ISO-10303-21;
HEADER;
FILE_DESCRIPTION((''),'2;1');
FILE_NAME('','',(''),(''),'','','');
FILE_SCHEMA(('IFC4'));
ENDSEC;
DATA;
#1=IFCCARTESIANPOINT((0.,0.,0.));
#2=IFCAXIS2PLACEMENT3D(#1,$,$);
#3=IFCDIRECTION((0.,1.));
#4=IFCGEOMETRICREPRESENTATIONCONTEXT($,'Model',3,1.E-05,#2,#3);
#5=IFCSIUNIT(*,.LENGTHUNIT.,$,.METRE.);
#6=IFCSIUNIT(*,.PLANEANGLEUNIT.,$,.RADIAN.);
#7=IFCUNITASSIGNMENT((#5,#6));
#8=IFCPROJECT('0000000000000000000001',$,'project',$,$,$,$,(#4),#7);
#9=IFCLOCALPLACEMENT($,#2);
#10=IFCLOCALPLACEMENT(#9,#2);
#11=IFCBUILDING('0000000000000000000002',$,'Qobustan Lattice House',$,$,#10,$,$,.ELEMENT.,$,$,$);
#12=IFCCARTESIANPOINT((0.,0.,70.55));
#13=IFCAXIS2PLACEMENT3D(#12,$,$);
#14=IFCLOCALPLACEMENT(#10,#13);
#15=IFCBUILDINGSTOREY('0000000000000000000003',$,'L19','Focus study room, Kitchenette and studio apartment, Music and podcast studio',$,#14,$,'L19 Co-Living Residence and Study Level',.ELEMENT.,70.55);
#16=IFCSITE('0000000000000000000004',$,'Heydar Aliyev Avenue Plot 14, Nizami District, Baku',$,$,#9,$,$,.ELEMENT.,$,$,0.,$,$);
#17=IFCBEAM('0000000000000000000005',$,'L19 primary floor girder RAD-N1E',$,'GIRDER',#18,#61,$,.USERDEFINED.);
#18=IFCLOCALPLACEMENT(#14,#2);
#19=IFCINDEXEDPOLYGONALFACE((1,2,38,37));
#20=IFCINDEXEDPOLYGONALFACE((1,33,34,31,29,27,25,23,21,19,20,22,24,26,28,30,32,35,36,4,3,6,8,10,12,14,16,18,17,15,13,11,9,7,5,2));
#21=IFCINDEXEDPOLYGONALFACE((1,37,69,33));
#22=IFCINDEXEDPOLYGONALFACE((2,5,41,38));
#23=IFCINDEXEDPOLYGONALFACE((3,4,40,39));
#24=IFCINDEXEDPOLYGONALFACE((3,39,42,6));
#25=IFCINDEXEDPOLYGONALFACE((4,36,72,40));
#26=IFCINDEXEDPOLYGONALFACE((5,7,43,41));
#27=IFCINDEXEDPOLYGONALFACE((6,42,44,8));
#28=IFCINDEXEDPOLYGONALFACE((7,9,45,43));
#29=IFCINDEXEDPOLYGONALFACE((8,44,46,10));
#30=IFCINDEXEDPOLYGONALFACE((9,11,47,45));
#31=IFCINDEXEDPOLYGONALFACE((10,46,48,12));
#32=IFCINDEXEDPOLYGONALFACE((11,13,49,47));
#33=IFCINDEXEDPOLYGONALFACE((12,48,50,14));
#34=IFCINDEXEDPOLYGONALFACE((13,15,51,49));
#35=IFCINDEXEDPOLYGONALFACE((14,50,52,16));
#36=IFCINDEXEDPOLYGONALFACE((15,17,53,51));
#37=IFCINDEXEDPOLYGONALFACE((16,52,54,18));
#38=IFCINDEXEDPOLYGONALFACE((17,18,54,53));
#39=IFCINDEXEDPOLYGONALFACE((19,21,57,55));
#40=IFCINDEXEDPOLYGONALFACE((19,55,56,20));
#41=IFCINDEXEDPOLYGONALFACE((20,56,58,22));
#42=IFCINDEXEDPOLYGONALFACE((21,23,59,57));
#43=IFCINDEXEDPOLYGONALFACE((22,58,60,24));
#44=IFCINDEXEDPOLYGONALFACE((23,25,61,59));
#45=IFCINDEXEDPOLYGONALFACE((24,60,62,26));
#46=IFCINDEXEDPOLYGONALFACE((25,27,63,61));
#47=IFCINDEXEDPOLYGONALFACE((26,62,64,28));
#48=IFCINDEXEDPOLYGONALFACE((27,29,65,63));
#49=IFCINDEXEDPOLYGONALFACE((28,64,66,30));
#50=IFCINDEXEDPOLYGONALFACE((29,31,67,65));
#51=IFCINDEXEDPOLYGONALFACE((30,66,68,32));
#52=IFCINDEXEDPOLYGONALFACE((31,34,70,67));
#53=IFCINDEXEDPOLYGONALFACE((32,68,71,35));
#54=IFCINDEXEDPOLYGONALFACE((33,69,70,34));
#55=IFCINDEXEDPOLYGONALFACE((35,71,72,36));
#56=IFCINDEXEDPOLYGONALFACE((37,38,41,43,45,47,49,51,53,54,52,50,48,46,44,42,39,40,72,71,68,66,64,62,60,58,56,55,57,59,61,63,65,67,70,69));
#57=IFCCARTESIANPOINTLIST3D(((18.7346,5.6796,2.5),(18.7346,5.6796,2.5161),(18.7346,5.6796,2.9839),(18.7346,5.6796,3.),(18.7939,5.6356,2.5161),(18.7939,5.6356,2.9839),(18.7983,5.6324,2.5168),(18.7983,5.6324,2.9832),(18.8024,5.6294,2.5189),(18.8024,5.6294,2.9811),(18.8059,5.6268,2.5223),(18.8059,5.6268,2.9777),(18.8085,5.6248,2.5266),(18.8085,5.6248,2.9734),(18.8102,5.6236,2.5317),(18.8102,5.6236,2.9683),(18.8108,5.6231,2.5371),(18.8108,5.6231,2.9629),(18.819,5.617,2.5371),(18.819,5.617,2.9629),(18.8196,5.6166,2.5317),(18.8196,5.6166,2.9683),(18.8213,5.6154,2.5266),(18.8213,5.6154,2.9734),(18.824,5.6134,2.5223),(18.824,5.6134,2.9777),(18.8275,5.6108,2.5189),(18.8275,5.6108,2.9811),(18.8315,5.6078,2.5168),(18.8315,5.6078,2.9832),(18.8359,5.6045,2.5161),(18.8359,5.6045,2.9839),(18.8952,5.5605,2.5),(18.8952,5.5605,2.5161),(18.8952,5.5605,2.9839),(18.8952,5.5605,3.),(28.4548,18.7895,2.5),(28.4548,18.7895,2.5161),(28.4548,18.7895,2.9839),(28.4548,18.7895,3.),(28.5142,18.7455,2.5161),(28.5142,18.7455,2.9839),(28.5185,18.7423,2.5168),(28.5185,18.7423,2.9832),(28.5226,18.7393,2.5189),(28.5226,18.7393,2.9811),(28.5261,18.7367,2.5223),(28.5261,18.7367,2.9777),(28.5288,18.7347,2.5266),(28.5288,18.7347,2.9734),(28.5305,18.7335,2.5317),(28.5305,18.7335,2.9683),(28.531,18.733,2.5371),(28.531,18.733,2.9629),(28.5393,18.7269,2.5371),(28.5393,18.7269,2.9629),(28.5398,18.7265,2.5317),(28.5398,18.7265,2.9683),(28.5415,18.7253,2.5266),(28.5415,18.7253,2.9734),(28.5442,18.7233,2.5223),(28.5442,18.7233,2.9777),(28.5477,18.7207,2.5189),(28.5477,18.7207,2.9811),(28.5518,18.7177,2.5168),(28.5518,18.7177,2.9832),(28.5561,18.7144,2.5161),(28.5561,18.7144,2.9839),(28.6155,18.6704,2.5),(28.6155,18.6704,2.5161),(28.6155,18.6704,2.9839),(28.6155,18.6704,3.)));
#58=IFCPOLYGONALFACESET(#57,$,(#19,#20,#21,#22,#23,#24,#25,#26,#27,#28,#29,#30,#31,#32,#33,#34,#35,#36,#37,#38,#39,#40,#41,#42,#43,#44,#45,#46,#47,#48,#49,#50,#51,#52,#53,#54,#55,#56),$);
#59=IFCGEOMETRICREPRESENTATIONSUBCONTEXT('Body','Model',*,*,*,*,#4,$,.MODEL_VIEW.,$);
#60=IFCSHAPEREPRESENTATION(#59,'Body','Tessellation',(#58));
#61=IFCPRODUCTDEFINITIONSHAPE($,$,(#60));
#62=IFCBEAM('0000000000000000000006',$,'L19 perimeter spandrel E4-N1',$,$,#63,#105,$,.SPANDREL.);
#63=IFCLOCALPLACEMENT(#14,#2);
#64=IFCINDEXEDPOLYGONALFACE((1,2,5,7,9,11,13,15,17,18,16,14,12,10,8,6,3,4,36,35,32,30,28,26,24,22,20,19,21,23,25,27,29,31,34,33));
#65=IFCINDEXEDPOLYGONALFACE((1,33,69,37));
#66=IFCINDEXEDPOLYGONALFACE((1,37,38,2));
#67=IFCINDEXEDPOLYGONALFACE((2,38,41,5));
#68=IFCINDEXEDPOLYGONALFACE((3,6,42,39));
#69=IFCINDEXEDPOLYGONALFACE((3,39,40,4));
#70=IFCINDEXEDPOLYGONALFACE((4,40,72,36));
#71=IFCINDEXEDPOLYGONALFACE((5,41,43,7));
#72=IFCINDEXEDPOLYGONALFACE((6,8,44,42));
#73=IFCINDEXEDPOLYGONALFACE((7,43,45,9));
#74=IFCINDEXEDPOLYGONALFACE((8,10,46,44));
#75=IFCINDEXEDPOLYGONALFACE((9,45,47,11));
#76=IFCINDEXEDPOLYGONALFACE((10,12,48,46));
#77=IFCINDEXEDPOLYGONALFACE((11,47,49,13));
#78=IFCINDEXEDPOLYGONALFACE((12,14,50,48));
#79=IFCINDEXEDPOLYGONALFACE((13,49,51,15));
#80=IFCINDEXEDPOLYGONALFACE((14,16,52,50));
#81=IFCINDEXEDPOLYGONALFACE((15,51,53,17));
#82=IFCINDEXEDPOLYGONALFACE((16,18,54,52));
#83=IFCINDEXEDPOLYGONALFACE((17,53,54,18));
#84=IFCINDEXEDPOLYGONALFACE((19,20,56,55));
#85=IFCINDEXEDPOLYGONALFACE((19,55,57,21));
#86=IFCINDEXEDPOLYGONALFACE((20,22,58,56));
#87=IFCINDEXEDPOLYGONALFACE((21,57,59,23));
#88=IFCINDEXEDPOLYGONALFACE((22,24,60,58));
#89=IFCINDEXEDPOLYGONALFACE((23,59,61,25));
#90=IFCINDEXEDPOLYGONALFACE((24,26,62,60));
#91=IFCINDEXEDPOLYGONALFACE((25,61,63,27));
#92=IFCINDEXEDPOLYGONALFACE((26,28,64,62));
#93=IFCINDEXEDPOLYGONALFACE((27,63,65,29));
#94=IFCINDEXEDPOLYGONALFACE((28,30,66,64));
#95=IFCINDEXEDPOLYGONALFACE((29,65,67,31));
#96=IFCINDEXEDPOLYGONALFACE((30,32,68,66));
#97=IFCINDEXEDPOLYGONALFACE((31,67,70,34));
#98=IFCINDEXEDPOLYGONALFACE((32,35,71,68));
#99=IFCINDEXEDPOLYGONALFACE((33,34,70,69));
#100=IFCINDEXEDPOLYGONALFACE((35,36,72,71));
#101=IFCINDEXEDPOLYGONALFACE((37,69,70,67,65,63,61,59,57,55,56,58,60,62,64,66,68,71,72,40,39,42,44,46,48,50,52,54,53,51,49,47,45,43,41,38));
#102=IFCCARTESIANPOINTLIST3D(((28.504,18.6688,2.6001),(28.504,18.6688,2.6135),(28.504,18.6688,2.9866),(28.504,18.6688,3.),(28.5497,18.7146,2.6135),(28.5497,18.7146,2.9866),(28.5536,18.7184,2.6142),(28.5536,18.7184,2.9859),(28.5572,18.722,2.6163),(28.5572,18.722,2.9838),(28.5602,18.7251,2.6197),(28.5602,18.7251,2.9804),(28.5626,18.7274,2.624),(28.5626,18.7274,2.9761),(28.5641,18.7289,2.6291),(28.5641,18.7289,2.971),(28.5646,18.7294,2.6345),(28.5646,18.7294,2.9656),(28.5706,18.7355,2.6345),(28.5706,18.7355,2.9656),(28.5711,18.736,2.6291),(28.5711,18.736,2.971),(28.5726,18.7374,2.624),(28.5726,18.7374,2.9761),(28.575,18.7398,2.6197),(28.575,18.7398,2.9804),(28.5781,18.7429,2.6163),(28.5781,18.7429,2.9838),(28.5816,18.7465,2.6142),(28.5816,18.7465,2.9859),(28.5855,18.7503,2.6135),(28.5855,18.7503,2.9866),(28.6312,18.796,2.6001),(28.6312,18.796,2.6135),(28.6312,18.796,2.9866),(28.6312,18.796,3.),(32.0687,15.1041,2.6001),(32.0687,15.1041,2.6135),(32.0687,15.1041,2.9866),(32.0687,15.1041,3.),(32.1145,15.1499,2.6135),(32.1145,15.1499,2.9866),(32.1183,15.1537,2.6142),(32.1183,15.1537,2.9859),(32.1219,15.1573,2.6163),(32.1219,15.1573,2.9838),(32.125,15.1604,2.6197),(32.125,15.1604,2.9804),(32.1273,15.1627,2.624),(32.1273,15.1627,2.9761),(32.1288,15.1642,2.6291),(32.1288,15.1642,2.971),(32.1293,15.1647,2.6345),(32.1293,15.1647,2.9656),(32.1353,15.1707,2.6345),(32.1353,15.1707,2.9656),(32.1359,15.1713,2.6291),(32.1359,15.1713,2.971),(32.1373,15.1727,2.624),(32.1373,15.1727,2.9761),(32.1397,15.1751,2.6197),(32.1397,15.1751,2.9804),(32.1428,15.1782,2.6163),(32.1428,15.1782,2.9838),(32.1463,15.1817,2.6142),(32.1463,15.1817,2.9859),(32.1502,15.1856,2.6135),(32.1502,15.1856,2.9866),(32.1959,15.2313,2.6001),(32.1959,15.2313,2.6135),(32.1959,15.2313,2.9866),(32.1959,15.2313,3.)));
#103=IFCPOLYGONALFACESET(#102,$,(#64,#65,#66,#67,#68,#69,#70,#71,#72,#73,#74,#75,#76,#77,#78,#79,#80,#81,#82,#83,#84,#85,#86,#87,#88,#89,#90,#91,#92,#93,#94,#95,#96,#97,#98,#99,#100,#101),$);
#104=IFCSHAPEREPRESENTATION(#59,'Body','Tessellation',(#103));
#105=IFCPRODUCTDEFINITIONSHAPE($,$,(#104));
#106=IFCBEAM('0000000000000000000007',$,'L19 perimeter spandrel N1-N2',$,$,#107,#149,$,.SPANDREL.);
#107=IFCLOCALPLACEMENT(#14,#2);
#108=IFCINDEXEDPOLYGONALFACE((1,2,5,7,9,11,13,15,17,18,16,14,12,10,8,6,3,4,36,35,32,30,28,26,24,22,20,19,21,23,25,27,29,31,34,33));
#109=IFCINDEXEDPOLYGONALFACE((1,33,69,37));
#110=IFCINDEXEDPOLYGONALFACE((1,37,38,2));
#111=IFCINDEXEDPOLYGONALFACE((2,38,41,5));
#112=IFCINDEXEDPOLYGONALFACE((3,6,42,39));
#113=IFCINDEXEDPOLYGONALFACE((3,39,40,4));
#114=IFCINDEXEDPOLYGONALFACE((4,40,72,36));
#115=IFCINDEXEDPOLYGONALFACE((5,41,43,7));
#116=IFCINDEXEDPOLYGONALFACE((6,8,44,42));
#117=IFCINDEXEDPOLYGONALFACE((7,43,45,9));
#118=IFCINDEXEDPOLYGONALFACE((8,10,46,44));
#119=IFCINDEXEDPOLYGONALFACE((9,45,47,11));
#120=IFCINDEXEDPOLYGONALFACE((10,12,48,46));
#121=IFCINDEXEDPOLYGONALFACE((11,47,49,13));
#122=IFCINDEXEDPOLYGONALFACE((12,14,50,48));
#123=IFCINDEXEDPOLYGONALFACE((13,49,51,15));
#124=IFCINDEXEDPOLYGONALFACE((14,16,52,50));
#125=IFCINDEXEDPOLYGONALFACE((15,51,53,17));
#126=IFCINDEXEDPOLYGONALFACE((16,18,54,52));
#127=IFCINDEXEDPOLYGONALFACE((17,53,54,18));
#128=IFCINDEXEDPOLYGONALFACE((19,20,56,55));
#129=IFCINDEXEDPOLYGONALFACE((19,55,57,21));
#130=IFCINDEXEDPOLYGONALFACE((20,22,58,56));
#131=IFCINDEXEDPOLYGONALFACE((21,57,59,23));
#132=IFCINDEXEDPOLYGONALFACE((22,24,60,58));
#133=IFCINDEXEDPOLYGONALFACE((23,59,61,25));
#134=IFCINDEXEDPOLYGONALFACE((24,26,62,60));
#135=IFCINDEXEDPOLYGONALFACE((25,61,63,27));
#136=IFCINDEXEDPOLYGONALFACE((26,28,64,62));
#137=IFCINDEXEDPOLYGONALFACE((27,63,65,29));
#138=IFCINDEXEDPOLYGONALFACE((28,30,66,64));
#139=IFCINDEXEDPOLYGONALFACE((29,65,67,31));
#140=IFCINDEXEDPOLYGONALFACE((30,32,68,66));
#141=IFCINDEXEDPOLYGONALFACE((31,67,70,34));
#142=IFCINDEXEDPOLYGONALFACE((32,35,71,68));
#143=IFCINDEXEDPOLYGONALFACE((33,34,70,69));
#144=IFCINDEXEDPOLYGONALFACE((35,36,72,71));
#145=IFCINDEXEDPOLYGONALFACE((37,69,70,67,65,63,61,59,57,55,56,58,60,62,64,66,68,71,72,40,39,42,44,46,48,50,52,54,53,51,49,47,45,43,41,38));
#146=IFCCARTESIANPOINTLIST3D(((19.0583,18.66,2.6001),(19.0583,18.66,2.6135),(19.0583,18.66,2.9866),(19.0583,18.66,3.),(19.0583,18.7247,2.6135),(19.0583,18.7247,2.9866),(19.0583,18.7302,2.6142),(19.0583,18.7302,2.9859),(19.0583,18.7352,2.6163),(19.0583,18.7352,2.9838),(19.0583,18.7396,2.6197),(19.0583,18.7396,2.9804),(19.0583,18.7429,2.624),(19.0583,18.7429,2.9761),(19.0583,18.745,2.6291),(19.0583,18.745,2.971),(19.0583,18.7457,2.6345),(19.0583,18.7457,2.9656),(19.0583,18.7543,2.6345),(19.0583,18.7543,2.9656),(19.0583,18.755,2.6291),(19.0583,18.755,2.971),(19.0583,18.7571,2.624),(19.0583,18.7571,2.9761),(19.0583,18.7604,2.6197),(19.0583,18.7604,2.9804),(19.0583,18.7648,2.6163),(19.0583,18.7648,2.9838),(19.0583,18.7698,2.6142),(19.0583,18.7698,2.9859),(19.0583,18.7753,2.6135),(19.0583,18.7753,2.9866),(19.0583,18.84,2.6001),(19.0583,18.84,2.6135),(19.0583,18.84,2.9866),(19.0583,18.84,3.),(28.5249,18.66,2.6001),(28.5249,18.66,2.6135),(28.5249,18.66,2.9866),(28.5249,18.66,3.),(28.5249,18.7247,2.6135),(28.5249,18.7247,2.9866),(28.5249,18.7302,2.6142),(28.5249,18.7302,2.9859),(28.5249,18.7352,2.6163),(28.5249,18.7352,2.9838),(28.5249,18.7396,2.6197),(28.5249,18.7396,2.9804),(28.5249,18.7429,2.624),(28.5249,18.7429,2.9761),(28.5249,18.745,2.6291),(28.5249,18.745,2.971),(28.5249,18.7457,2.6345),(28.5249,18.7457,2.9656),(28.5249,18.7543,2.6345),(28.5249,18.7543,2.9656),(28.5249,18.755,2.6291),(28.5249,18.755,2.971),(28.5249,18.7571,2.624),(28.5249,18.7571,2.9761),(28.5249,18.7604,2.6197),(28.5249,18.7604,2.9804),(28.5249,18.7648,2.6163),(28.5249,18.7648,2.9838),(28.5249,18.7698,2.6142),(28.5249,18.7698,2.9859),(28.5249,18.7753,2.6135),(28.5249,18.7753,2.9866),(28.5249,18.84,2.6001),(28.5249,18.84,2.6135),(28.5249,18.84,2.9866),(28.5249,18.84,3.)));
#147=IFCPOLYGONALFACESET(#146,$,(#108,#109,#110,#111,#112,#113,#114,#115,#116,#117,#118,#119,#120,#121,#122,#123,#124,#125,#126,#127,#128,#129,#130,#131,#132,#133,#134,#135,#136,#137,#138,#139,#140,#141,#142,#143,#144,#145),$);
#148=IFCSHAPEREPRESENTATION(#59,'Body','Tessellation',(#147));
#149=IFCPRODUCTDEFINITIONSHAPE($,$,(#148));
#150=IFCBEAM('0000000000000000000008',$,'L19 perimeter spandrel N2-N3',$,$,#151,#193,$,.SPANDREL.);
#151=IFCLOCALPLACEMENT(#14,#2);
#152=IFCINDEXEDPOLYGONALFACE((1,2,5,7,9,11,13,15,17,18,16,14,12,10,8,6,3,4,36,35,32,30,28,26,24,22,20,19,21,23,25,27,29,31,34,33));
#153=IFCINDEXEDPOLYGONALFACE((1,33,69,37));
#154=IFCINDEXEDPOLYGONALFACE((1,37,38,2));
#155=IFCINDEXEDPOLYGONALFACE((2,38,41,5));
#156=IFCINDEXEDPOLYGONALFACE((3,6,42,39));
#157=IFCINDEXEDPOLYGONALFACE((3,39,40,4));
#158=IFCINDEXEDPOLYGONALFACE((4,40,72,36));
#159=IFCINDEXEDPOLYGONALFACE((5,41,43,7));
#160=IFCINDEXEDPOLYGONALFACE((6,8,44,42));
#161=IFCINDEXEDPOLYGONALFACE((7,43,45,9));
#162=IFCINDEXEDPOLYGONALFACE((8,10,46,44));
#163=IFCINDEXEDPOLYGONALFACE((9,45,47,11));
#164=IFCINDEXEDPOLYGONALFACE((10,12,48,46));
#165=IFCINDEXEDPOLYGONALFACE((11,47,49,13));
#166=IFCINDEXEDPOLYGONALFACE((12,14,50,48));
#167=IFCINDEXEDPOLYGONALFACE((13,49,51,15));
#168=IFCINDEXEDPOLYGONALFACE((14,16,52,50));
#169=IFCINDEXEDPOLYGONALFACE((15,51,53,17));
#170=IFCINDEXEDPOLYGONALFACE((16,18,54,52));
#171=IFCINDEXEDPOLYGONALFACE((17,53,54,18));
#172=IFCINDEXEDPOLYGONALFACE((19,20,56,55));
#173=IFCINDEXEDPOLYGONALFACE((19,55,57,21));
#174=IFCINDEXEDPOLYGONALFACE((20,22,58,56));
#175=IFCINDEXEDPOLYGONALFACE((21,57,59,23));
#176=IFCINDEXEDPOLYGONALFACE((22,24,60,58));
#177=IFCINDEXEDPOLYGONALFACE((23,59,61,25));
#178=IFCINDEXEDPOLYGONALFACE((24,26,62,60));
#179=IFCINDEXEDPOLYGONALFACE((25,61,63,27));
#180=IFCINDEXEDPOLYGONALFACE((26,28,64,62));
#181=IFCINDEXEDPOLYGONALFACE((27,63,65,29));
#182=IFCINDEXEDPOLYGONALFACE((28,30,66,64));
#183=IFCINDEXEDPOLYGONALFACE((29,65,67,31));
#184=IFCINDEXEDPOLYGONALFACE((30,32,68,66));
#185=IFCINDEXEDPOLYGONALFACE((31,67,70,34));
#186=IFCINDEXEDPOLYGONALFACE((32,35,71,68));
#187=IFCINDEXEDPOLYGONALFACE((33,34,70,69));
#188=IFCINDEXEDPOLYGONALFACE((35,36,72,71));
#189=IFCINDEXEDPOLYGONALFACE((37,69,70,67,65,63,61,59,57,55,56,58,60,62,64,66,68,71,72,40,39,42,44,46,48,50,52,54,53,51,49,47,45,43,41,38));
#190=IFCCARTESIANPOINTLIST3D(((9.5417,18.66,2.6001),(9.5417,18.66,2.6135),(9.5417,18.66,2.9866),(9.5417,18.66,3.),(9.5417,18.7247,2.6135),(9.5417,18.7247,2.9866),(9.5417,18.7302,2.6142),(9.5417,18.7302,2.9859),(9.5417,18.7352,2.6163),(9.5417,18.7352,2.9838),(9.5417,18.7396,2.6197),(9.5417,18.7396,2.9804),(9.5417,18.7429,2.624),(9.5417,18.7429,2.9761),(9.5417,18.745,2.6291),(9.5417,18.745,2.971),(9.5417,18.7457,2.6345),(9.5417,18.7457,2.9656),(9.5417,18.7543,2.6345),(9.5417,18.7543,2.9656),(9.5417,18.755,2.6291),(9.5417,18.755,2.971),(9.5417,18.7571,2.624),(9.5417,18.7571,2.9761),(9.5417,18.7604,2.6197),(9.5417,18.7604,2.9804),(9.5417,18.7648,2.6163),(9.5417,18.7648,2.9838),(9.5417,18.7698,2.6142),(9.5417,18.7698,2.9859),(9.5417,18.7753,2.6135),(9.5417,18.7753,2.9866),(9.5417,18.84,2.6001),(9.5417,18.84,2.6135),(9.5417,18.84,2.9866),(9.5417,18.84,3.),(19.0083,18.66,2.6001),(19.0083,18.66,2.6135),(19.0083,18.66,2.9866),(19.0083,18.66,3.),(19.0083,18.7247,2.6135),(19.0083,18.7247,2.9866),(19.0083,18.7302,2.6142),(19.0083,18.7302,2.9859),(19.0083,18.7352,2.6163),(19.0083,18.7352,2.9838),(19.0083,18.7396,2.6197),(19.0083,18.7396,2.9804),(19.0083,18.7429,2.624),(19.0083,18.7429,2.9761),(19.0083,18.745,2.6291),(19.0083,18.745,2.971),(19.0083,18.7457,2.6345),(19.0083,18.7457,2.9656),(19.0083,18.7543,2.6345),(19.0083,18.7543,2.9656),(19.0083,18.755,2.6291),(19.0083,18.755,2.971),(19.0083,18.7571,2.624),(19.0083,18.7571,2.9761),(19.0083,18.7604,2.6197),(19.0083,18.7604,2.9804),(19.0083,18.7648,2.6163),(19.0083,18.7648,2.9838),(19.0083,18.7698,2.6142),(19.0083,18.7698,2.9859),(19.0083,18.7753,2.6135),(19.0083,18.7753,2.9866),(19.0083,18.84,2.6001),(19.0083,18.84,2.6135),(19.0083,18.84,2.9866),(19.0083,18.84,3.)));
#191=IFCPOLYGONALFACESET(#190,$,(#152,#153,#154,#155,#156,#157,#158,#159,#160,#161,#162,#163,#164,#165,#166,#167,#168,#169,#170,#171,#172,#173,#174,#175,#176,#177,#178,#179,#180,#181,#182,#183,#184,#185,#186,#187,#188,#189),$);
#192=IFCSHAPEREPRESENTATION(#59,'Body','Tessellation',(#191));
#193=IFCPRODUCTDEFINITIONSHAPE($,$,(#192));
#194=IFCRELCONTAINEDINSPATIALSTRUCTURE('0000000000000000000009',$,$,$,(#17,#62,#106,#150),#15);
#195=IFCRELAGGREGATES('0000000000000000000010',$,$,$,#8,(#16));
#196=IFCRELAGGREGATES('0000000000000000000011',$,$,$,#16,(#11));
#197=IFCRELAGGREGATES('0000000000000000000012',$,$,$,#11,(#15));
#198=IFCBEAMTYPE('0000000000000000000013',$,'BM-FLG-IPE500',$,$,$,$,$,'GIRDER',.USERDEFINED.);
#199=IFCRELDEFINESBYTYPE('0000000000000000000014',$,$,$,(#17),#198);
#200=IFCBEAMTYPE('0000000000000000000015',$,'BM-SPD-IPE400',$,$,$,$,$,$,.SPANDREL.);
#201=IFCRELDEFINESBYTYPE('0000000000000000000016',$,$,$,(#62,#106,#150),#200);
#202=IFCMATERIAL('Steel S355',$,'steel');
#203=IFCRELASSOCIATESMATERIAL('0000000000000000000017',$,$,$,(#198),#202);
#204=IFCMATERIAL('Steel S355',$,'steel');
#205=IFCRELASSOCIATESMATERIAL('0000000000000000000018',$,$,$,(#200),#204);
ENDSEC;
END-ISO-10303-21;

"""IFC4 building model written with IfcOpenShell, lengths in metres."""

from ifc_helpers import new_model, si_unit, direction, frame, origin, origin_2d, place, context, subcontext, project, spatial, i_section, extrude, material, material_profile, profile_set, type_object, element, save


model = new_model("IFC4")

# Units and contexts
model_context = context("Model", 3, precision=1e-05, world=origin(), true_north=direction((0.0, 1.0)))
body_context = subcontext(model_context, "Body", "Model", "MODEL_VIEW")
ifc_project = project(units=[si_unit("LENGTHUNIT", "METRE"), si_unit("PLANEANGLEUNIT", "RADIAN")], contexts=[model_context])

# Site, building, storey
site_placement = place(None, origin())
site = spatial("IfcSite", under=ifc_project, at=site_placement, Name="Heydar Aliyev Avenue Plot 14, Nizami District, Baku", CompositionType="ELEMENT", RefElevation=0.0)
building_placement = place(site_placement, origin())
building = spatial("IfcBuilding", under=site, at=building_placement, Name="Qobustan Lattice House", CompositionType="ELEMENT")
storey_placement = place(building_placement, frame((0.0, 0.0, 70.55)))
storey = spatial("IfcBuildingStorey", under=building, at=storey_placement, Name="L19", Description="Focus study room, Kitchenette and studio apartment, Music and podcast studio", LongName="L19 Co-Living Residence and Study Level", CompositionType="ELEMENT", Elevation=70.55)

# Beams
ifc_material_1 = material(Name="Steel S355", Category="steel")
ifc_material_profile_1 = material_profile(ifc_material_1, i_section(OverallWidth=0.2, OverallDepth=0.5, WebThickness=0.0103, FlangeThickness=0.0161, FilletRadius=0.021, at=origin_2d()), Name="IPE500")
ifc_profile_set_1 = profile_set([ifc_material_profile_1], Name="Steel S355")
beam_type_1 = type_object("IfcBeamType", Name="BM-FLG-IPE500", ElementType="GIRDER", PredefinedType="USERDEFINED", material=ifc_profile_set_1)
beam_1_placement = place(storey_placement, frame((28.5352, 18.73, 2.75), z_axis=(-0.595592, -0.803287, 0.0), x_axis=(0.803287, -0.595592, 0.0)))
element("IfcBeam", 1, at=beam_1_placement, inside=storey, type_object=beam_type_1, Name="L19 primary floor girder RAD-N1E", ObjectType="GIRDER", PredefinedType="USERDEFINED", context=body_context, shape_type="SweptSolid", body=[
    extrude(i_section(OverallWidth=0.2, OverallDepth=0.5, WebThickness=0.0103, FlangeThickness=0.0161, FilletRadius=0.021, at=origin_2d()), origin(), (0.0, 0.0, 1.0), 16.3203),
])
ifc_material_2 = material(Name="Steel S355", Category="steel")
ifc_material_profile_2 = material_profile(ifc_material_2, i_section(OverallWidth=0.1799, OverallDepth=0.3999, WebThickness=0.0085, FlangeThickness=0.0134, FilletRadius=0.021, at=origin_2d()), Name="IPE400")
ifc_profile_set_2 = profile_set([ifc_material_profile_2], Name="Steel S355")
beam_type_2 = type_object("IfcBeamType", Name="BM-SPD-IPE400", PredefinedType="SPANDREL", material=ifc_profile_set_2)
beam_2_placement = place(storey_placement, frame((32.1323, 15.1677, 2.8), z_axis=(-0.707107, 0.707107, 0.0), x_axis=(-0.707107, -0.707107, 0.0)))
element("IfcBeam", 2, at=beam_2_placement, inside=storey, type_object=beam_type_2, Name="L19 perimeter spandrel E4-N1", PredefinedType="SPANDREL", context=body_context, shape_type="SweptSolid", body=[
    extrude(i_section(OverallWidth=0.1799, OverallDepth=0.3999, WebThickness=0.0085, FlangeThickness=0.0134, FilletRadius=0.021, at=origin_2d()), origin(), (0.0, 0.0, 1.0), 5.0413),
])
for number, where, z_axis, x_axis, name in (
    (3, (28.5249, 18.75, 2.8), (-1.0, 0.0, 0.0), (0.0, -1.0, 0.0), "L19 perimeter spandrel N1-N2"),
    (4, (19.0083, 18.75, 2.8), (-1.0, 0.0, 0.0), (0.0, -1.0, 0.0), "L19 perimeter spandrel N2-N3"),
):
    element("IfcBeam", number, at=place(storey_placement, frame(where, z_axis=z_axis, x_axis=x_axis)), inside=storey, type_object=beam_type_2, Name=name, PredefinedType="SPANDREL", context=body_context, shape_type="SweptSolid", body=[
        extrude(i_section(OverallWidth=0.1799, OverallDepth=0.3999, WebThickness=0.0085, FlangeThickness=0.0134, FilletRadius=0.021, at=origin_2d()), origin(), (0.0, 0.0, 1.0), 9.4666),
    ])

save(model, "model.ifc")
